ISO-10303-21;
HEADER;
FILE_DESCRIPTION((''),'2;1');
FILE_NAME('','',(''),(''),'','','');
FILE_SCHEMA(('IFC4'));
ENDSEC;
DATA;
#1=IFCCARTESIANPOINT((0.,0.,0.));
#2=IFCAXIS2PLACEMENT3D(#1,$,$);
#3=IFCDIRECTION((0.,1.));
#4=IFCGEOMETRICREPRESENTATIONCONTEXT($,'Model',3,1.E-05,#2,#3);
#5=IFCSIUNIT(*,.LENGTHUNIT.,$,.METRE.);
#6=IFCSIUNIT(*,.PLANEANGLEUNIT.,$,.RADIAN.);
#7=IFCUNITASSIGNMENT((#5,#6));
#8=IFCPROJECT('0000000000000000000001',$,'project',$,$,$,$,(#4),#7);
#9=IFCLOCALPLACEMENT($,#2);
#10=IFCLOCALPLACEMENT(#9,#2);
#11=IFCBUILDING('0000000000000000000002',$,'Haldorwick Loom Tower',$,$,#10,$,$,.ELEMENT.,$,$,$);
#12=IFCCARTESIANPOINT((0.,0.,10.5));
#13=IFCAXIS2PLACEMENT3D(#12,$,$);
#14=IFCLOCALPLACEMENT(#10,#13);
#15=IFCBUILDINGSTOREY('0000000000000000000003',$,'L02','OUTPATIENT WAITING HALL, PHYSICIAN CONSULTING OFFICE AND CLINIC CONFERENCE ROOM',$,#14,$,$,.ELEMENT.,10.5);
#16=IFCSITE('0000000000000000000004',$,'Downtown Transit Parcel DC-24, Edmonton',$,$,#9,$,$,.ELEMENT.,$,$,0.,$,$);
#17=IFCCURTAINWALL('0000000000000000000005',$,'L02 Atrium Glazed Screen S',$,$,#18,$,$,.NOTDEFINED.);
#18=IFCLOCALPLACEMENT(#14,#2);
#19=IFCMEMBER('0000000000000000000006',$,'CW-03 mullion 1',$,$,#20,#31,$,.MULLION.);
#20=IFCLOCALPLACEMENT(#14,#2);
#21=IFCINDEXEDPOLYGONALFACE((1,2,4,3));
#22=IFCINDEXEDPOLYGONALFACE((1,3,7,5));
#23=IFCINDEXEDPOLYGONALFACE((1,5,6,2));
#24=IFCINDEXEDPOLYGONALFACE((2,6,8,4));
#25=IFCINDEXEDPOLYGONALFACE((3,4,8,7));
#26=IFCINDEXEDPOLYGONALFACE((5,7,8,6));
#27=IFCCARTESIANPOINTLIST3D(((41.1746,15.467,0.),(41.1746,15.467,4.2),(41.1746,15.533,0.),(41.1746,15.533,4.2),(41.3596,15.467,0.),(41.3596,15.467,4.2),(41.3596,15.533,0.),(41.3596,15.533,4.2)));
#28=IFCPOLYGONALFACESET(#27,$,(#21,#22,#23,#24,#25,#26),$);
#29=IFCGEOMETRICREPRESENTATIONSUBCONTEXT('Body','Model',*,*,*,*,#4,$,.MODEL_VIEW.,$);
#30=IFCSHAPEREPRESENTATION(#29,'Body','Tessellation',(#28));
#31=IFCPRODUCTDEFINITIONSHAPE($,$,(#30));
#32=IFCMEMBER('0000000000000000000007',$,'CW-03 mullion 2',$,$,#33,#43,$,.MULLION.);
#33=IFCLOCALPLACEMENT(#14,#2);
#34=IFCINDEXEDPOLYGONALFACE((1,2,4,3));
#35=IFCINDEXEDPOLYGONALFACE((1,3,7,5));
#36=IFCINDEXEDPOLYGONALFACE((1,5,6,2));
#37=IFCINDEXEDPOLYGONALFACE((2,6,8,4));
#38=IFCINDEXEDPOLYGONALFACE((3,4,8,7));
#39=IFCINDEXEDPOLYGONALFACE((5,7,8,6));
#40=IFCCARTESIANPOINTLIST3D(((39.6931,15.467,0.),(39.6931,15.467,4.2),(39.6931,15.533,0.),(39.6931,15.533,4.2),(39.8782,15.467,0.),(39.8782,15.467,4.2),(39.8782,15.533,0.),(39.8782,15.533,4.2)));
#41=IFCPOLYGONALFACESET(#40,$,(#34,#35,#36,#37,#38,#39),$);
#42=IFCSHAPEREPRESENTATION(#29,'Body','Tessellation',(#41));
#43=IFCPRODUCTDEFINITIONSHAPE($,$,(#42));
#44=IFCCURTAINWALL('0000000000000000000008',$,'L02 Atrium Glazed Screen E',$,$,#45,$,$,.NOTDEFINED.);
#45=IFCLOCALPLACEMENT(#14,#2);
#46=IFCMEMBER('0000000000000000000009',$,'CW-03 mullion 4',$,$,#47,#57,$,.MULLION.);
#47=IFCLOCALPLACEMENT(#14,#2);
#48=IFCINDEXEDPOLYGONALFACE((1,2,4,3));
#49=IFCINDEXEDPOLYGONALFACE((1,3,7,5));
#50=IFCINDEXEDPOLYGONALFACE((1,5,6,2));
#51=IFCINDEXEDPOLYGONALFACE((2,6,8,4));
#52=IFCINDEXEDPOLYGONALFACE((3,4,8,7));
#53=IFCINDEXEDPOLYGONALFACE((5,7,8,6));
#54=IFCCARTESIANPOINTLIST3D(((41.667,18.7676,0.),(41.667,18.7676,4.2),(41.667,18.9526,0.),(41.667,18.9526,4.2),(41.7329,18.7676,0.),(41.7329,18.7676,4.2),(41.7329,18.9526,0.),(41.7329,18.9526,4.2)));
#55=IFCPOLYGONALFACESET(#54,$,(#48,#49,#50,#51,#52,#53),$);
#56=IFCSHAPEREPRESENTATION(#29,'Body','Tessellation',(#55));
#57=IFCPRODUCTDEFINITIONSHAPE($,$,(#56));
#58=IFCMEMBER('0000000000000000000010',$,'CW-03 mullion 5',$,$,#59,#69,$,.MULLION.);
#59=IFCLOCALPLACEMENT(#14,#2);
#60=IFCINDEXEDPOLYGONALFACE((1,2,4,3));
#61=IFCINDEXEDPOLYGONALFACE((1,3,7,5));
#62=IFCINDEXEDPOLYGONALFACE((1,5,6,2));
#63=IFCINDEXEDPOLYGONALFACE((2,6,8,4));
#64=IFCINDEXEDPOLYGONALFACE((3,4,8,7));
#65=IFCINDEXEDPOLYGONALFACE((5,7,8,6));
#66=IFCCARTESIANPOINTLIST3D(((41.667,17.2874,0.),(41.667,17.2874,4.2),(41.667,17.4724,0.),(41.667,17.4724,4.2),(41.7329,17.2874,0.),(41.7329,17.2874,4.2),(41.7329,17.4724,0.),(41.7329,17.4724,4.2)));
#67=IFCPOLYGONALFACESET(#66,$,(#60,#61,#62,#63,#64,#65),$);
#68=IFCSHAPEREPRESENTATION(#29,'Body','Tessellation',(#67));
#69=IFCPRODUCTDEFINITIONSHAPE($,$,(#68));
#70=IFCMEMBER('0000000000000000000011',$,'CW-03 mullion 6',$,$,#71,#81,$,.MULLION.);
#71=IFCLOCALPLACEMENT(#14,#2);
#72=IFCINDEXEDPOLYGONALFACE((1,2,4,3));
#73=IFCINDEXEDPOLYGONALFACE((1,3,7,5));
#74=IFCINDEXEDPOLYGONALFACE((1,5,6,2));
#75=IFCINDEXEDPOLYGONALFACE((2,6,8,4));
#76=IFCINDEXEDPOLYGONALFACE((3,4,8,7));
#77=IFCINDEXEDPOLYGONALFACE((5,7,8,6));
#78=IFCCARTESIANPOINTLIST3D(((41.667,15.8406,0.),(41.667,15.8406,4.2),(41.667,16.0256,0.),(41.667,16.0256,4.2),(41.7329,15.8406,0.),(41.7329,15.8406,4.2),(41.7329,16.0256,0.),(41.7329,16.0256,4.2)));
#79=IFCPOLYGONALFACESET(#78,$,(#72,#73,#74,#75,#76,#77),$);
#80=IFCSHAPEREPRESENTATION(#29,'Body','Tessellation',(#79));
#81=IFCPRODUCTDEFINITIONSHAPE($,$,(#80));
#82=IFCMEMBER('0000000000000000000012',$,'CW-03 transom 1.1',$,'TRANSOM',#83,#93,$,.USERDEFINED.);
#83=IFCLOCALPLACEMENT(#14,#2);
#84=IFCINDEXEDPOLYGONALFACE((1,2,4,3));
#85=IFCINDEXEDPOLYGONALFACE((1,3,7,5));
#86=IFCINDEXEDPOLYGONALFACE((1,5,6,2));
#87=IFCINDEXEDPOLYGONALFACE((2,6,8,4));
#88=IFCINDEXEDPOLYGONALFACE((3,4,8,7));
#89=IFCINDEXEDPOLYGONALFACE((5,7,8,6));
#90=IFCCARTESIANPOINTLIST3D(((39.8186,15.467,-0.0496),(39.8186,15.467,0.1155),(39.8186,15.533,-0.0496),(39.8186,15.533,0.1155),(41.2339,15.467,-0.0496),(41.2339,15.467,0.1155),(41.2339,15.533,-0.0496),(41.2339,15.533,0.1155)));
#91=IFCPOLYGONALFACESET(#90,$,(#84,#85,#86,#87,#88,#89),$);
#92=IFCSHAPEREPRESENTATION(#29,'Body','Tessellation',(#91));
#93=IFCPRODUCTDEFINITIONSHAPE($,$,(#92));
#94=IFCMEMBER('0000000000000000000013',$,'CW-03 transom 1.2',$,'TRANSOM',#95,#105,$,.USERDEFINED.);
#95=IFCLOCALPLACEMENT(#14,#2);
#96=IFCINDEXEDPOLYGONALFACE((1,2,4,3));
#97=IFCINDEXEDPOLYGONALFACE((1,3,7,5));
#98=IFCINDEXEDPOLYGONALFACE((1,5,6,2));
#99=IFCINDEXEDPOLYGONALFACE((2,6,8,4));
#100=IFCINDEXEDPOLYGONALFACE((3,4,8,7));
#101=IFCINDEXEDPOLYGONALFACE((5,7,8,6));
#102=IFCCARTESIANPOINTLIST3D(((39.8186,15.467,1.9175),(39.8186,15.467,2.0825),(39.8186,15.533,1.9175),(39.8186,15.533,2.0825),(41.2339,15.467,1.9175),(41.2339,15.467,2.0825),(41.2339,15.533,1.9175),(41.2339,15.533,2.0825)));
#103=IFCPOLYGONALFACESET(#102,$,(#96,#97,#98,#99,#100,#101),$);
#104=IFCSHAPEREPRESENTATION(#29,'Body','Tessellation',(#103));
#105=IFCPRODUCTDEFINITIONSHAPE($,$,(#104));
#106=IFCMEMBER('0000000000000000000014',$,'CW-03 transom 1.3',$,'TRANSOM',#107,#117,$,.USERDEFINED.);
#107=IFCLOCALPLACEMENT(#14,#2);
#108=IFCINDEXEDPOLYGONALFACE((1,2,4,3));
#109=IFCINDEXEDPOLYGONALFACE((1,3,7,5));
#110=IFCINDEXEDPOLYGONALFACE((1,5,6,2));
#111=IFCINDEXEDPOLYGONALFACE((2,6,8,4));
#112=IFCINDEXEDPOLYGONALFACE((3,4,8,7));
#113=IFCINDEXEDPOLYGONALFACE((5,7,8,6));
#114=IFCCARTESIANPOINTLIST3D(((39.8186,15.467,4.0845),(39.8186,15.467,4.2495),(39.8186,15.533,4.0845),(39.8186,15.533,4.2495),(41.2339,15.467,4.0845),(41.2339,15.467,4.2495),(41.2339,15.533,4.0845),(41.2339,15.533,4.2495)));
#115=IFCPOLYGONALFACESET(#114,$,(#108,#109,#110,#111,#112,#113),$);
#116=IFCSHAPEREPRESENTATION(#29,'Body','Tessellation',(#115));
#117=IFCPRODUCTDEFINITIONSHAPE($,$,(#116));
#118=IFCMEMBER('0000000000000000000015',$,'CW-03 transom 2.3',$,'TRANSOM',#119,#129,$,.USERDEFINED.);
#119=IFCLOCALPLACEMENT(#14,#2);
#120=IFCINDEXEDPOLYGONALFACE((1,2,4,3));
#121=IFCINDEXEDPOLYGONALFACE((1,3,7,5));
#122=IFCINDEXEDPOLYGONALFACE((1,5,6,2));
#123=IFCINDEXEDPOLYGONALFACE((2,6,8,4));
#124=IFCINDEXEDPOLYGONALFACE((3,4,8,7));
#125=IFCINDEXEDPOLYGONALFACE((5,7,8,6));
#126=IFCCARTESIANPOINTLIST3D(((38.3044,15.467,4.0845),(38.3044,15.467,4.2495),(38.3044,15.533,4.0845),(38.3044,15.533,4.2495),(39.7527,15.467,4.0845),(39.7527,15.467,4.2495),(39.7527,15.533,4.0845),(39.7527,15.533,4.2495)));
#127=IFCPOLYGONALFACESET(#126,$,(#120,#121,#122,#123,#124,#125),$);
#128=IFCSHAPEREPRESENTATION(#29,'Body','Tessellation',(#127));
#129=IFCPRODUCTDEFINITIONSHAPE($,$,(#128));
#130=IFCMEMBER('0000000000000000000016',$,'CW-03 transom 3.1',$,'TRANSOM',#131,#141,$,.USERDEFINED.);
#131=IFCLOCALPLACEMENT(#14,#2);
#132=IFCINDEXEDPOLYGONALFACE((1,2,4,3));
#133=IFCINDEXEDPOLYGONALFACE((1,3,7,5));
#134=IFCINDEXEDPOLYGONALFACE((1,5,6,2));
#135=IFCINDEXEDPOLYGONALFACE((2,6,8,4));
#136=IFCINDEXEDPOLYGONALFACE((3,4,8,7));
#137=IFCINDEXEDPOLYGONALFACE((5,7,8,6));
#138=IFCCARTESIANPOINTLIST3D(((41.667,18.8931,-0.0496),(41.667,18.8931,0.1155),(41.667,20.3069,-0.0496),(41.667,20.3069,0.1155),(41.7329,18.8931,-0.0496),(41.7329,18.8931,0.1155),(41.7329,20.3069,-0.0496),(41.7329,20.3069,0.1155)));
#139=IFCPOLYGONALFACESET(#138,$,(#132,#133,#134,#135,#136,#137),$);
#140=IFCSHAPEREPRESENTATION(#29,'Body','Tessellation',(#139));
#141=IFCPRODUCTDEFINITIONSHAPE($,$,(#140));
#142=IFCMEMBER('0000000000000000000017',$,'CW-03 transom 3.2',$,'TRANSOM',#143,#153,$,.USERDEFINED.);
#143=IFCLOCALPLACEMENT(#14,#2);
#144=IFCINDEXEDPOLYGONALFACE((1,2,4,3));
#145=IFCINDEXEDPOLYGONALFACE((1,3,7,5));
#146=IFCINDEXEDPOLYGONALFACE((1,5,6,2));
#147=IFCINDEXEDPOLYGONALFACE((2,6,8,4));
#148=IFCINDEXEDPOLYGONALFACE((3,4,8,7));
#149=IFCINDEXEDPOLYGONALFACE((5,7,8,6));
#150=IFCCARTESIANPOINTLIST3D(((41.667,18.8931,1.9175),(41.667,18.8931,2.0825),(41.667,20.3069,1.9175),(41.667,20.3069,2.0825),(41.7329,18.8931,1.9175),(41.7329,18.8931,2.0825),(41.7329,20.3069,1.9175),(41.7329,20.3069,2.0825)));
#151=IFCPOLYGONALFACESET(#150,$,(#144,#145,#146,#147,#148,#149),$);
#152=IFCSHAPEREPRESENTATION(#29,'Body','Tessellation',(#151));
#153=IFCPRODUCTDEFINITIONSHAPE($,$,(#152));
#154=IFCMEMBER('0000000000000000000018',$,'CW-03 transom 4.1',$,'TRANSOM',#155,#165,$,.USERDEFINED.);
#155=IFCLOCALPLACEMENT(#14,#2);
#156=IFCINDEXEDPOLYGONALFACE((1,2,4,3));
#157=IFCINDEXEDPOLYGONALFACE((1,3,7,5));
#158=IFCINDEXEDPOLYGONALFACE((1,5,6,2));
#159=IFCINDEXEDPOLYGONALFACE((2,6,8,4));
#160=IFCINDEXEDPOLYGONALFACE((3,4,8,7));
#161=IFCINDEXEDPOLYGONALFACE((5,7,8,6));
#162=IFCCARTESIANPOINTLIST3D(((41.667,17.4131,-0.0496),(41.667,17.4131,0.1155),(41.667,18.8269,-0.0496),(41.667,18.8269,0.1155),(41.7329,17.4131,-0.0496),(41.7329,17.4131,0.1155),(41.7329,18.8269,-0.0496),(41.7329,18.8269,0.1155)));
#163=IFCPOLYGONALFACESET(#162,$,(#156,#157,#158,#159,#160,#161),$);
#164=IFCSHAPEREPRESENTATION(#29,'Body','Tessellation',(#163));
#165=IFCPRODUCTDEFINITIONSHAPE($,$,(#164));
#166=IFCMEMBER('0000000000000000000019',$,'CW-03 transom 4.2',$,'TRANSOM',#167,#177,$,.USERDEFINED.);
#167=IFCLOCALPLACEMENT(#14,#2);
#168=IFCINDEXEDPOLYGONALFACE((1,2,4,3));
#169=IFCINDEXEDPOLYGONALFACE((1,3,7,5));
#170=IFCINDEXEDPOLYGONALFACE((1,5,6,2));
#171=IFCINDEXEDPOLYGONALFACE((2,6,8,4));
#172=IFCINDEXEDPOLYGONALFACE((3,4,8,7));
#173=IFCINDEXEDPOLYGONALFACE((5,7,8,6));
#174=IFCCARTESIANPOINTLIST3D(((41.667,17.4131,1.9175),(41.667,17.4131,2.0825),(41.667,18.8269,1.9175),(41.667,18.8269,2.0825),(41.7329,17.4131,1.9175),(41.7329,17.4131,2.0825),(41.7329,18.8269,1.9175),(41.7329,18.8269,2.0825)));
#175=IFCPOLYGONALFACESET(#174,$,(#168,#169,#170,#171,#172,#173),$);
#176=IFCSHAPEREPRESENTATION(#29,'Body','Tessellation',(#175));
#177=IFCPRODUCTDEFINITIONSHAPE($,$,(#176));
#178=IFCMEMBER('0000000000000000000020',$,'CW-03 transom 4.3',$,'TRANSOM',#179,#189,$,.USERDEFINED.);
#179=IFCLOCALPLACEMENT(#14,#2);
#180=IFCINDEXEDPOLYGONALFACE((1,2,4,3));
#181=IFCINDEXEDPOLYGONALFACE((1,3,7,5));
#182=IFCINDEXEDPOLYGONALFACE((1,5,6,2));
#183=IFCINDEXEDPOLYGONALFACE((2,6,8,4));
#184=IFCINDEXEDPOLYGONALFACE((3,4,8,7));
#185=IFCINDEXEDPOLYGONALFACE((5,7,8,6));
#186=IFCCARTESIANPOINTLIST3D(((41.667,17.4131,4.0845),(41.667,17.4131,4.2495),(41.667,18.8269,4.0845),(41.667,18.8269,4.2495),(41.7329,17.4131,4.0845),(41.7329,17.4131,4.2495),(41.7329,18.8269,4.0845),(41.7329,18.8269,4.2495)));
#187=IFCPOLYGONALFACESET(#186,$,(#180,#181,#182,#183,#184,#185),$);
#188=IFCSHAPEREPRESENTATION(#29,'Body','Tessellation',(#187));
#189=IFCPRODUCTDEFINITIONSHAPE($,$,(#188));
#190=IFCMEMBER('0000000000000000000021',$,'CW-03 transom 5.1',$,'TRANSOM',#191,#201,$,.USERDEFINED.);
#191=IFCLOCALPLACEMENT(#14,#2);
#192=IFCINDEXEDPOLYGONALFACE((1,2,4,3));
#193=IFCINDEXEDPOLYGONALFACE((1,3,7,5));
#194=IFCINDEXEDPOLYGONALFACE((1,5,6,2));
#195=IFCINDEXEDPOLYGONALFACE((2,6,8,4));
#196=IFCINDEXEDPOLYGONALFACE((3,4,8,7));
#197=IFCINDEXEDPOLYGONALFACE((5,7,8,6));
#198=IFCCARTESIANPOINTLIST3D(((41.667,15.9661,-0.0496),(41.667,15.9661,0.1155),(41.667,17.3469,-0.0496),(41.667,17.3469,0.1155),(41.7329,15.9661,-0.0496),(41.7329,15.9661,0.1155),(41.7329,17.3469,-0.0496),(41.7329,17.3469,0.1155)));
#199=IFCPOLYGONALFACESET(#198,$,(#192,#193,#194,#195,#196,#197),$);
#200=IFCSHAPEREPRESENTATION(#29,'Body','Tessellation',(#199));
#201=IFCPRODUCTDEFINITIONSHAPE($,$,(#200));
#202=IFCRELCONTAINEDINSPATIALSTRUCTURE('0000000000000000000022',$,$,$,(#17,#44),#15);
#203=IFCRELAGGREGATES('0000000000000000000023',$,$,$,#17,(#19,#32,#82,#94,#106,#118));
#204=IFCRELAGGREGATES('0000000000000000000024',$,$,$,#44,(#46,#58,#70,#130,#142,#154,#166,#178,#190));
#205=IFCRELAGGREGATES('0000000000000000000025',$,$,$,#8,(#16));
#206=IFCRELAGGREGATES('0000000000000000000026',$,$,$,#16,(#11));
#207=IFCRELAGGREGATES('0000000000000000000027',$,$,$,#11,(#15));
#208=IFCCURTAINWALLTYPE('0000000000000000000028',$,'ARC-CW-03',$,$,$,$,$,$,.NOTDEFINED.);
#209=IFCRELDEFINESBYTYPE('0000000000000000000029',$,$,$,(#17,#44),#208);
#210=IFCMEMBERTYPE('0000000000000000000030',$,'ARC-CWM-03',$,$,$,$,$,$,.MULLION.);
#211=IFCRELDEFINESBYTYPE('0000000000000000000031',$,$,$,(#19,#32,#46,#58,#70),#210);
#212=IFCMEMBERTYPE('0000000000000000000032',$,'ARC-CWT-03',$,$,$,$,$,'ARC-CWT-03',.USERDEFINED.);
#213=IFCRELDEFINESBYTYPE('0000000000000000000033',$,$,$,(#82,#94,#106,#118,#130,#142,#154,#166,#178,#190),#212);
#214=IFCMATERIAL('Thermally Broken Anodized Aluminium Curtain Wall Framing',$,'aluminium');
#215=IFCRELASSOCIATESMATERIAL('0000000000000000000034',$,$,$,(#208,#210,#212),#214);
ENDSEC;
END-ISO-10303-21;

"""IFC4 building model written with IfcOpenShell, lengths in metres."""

from ifc_helpers import new_model, si_unit, direction, frame, origin, origin_2d, place, context, subcontext, project, spatial, rectangle, extrude, material, material_profile, profile_set, type_object, element, aggregate, save


model = new_model("IFC4")

# Units and contexts
model_context = context("Model", 3, precision=1e-05, world=origin(), true_north=direction((0.0, 1.0)))
body_context = subcontext(model_context, "Body", "Model", "MODEL_VIEW")
ifc_project = project(units=[si_unit("LENGTHUNIT", "METRE"), si_unit("PLANEANGLEUNIT", "RADIAN")], contexts=[model_context])

# Site, building, storey
site_placement = place(None, origin())
site = spatial("IfcSite", under=ifc_project, at=site_placement, Name="Downtown Transit Parcel DC-24, Edmonton", CompositionType="ELEMENT", RefElevation=0.0)
building_placement = place(site_placement, origin())
building = spatial("IfcBuilding", under=site, at=building_placement, Name="Haldorwick Loom Tower", CompositionType="ELEMENT")
storey_placement = place(building_placement, frame((0.0, 0.0, 10.5)))
storey = spatial("IfcBuildingStorey", under=building, at=storey_placement, Name="L02", Description="OUTPATIENT WAITING HALL, PHYSICIAN CONSULTING OFFICE AND CLINIC CONFERENCE ROOM", CompositionType="ELEMENT", Elevation=10.5)

# Curtain walls, members
ifc_material_1 = material(Name="Thermally Broken Anodized Aluminium Curtain Wall Framing", Category="aluminium")
curtain_wall_type = type_object("IfcCurtainWallType", Name="ARC-CW-03", PredefinedType="NOTDEFINED", material=ifc_material_1)
curtain_wall_1_placement = place(storey_placement, origin())
curtain_wall_1 = element("IfcCurtainWall", 1, at=curtain_wall_1_placement, inside=storey, type_object=curtain_wall_type, Name="L02 Atrium Glazed Screen S", PredefinedType="NOTDEFINED")
ifc_material_profile_1 = material_profile(ifc_material_1, rectangle(XDim=0.0659, YDim=0.1851, at=origin_2d()), Name="ALU_MUL_66X185", Category="aluminium")
ifc_profile_set_1 = profile_set([ifc_material_profile_1], Name="Thermally Broken Anodized Aluminium Curtain Wall Framing")
member_type_1 = type_object("IfcMemberType", Name="ARC-CWM-03", PredefinedType="MULLION", material=ifc_profile_set_1)
member_1_placement = place(storey_placement, frame((41.2671, 15.5, 0.0), z_axis=(0.0, 0.0, 1.0), x_axis=(0.0, -1.0, 0.0)))
member_1 = element("IfcMember", 2, at=member_1_placement, type_object=member_type_1, Name="CW-03 mullion 1", PredefinedType="MULLION", context=body_context, shape_type="SweptSolid", body=[
    extrude(rectangle(XDim=0.0659, YDim=0.1851, at=origin_2d()), origin(), (0.0, 0.0, 1.0), 4.2),
])
member_2_placement = place(storey_placement, frame((39.7856, 15.5, 0.0), z_axis=(0.0, 0.0, 1.0), x_axis=(0.0, -1.0, 0.0)))
member_2 = element("IfcMember", 3, at=member_2_placement, type_object=member_type_1, Name="CW-03 mullion 2", PredefinedType="MULLION", context=body_context, shape_type="SweptSolid", body=[
    extrude(rectangle(XDim=0.0659, YDim=0.1851, at=origin_2d()), origin(), (0.0, 0.0, 1.0), 4.2),
])
curtain_wall_2_placement = place(storey_placement, origin())
curtain_wall_2 = element("IfcCurtainWall", 4, at=curtain_wall_2_placement, inside=storey, type_object=curtain_wall_type, Name="L02 Atrium Glazed Screen E", PredefinedType="NOTDEFINED")
member_3_placement = place(storey_placement, frame((41.7, 18.8601, 0.0), z_axis=(0.0, 0.0, 1.0), x_axis=(1.0, 0.0, 0.0)))
member_3 = element("IfcMember", 5, at=member_3_placement, type_object=member_type_1, Name="CW-03 mullion 4", PredefinedType="MULLION", context=body_context, shape_type="SweptSolid", body=[
    extrude(rectangle(XDim=0.0659, YDim=0.1851, at=origin_2d()), origin(), (0.0, 0.0, 1.0), 4.2),
])
member_4_placement = place(storey_placement, frame((41.7, 17.3799, 0.0), z_axis=(0.0, 0.0, 1.0), x_axis=(1.0, 0.0, 0.0)))
member_4 = element("IfcMember", 6, at=member_4_placement, type_object=member_type_1, Name="CW-03 mullion 5", PredefinedType="MULLION", context=body_context, shape_type="SweptSolid", body=[
    extrude(rectangle(XDim=0.0659, YDim=0.1851, at=origin_2d()), origin(), (0.0, 0.0, 1.0), 4.2),
])
member_5_placement = place(storey_placement, frame((41.7, 15.9331, 0.0), z_axis=(0.0, 0.0, 1.0), x_axis=(1.0, 0.0, 0.0)))
member_5 = element("IfcMember", 7, at=member_5_placement, type_object=member_type_1, Name="CW-03 mullion 6", PredefinedType="MULLION", context=body_context, shape_type="SweptSolid", body=[
    extrude(rectangle(XDim=0.0659, YDim=0.1851, at=origin_2d()), origin(), (0.0, 0.0, 1.0), 4.2),
])

# Members
ifc_material_profile_2 = material_profile(ifc_material_1, rectangle(XDim=0.0659, YDim=0.165, at=origin_2d()), Name="ALU_TRN_66X165", Category="aluminium")
ifc_profile_set_2 = profile_set([ifc_material_profile_2], Name="Thermally Broken Anodized Aluminium Curtain Wall Framing")
member_type_2 = type_object("IfcMemberType", Name="ARC-CWT-03", ElementType="ARC-CWT-03", PredefinedType="USERDEFINED", material=ifc_profile_set_2)
member_6_placement = place(storey_placement, frame((41.2339, 15.5, 0.033), z_axis=(-1.0, 0.0, 0.0), x_axis=(0.0, -1.0, 0.0)))
member_6 = element("IfcMember", 8, at=member_6_placement, type_object=member_type_2, Name="CW-03 transom 1.1", ObjectType="TRANSOM", PredefinedType="USERDEFINED", context=body_context, shape_type="SweptSolid", body=[
    extrude(rectangle(XDim=0.0659, YDim=0.165, at=origin_2d()), origin(), (0.0, 0.0, 1.0), 1.4153),
])
member_7_placement = place(storey_placement, frame((41.2339, 15.5, 2.0), z_axis=(-1.0, 0.0, 0.0), x_axis=(0.0, -1.0, 0.0)))
member_7 = element("IfcMember", 9, at=member_7_placement, type_object=member_type_2, Name="CW-03 transom 1.2", ObjectType="TRANSOM", PredefinedType="USERDEFINED", context=body_context, shape_type="SweptSolid", body=[
    extrude(rectangle(XDim=0.0659, YDim=0.165, at=origin_2d()), origin(), (0.0, 0.0, 1.0), 1.4153),
])
member_8_placement = place(storey_placement, frame((41.2339, 15.5, 4.167), z_axis=(-1.0, 0.0, 0.0), x_axis=(0.0, -1.0, 0.0)))
member_8 = element("IfcMember", 10, at=member_8_placement, type_object=member_type_2, Name="CW-03 transom 1.3", ObjectType="TRANSOM", PredefinedType="USERDEFINED", context=body_context, shape_type="SweptSolid", body=[
    extrude(rectangle(XDim=0.0659, YDim=0.165, at=origin_2d()), origin(), (0.0, 0.0, 1.0), 1.4153),
])
member_9_placement = place(storey_placement, frame((39.7527, 15.5, 4.167), z_axis=(-1.0, 0.0, 0.0), x_axis=(0.0, -1.0, 0.0)))
member_9 = element("IfcMember", 11, at=member_9_placement, type_object=member_type_2, Name="CW-03 transom 2.3", ObjectType="TRANSOM", PredefinedType="USERDEFINED", context=body_context, shape_type="SweptSolid", body=[
    extrude(rectangle(XDim=0.0659, YDim=0.165, at=origin_2d()), origin(), (0.0, 0.0, 1.0), 1.4482),
])
member_10_placement = place(storey_placement, frame((41.7, 20.3069, 0.033), z_axis=(0.0, -1.0, 0.0), x_axis=(1.0, 0.0, 0.0)))
member_10 = element("IfcMember", 12, at=member_10_placement, type_object=member_type_2, Name="CW-03 transom 3.1", ObjectType="TRANSOM", PredefinedType="USERDEFINED", context=body_context, shape_type="SweptSolid", body=[
    extrude(rectangle(XDim=0.0659, YDim=0.165, at=origin_2d()), origin(), (0.0, 0.0, 1.0), 1.4138),
])
member_11_placement = place(storey_placement, frame((41.7, 20.3069, 2.0), z_axis=(0.0, -1.0, 0.0), x_axis=(1.0, 0.0, 0.0)))
member_11 = element("IfcMember", 13, at=member_11_placement, type_object=member_type_2, Name="CW-03 transom 3.2", ObjectType="TRANSOM", PredefinedType="USERDEFINED", context=body_context, shape_type="SweptSolid", body=[
    extrude(rectangle(XDim=0.0659, YDim=0.165, at=origin_2d()), origin(), (0.0, 0.0, 1.0), 1.4138),
])
member_12_placement = place(storey_placement, frame((41.7, 18.8269, 0.033), z_axis=(0.0, -1.0, 0.0), x_axis=(1.0, 0.0, 0.0)))
member_12 = element("IfcMember", 14, at=member_12_placement, type_object=member_type_2, Name="CW-03 transom 4.1", ObjectType="TRANSOM", PredefinedType="USERDEFINED", context=body_context, shape_type="SweptSolid", body=[
    extrude(rectangle(XDim=0.0659, YDim=0.165, at=origin_2d()), origin(), (0.0, 0.0, 1.0), 1.4138),
])
member_13_placement = place(storey_placement, frame((41.7, 18.8269, 2.0), z_axis=(0.0, -1.0, 0.0), x_axis=(1.0, 0.0, 0.0)))
member_13 = element("IfcMember", 15, at=member_13_placement, type_object=member_type_2, Name="CW-03 transom 4.2", ObjectType="TRANSOM", PredefinedType="USERDEFINED", context=body_context, shape_type="SweptSolid", body=[
    extrude(rectangle(XDim=0.0659, YDim=0.165, at=origin_2d()), origin(), (0.0, 0.0, 1.0), 1.4138),
])
member_14_placement = place(storey_placement, frame((41.7, 18.8269, 4.167), z_axis=(0.0, -1.0, 0.0), x_axis=(1.0, 0.0, 0.0)))
member_14 = element("IfcMember", 16, at=member_14_placement, type_object=member_type_2, Name="CW-03 transom 4.3", ObjectType="TRANSOM", PredefinedType="USERDEFINED", context=body_context, shape_type="SweptSolid", body=[
    extrude(rectangle(XDim=0.0659, YDim=0.165, at=origin_2d()), origin(), (0.0, 0.0, 1.0), 1.4138),
])
member_15_placement = place(storey_placement, frame((41.7, 17.3469, 0.033), z_axis=(0.0, -1.0, 0.0), x_axis=(1.0, 0.0, 0.0)))
member_15 = element("IfcMember", 17, at=member_15_placement, type_object=member_type_2, Name="CW-03 transom 5.1", ObjectType="TRANSOM", PredefinedType="USERDEFINED", context=body_context, shape_type="SweptSolid", body=[
    extrude(rectangle(XDim=0.0659, YDim=0.165, at=origin_2d()), origin(), (0.0, 0.0, 1.0), 1.3809),
])

aggregate(curtain_wall_1, [member_1, member_2, member_6, member_7, member_8, member_9])
aggregate(curtain_wall_2, [member_3, member_4, member_5, member_10, member_11, member_12, member_13, member_14, member_15])

save(model, "model.ifc")
